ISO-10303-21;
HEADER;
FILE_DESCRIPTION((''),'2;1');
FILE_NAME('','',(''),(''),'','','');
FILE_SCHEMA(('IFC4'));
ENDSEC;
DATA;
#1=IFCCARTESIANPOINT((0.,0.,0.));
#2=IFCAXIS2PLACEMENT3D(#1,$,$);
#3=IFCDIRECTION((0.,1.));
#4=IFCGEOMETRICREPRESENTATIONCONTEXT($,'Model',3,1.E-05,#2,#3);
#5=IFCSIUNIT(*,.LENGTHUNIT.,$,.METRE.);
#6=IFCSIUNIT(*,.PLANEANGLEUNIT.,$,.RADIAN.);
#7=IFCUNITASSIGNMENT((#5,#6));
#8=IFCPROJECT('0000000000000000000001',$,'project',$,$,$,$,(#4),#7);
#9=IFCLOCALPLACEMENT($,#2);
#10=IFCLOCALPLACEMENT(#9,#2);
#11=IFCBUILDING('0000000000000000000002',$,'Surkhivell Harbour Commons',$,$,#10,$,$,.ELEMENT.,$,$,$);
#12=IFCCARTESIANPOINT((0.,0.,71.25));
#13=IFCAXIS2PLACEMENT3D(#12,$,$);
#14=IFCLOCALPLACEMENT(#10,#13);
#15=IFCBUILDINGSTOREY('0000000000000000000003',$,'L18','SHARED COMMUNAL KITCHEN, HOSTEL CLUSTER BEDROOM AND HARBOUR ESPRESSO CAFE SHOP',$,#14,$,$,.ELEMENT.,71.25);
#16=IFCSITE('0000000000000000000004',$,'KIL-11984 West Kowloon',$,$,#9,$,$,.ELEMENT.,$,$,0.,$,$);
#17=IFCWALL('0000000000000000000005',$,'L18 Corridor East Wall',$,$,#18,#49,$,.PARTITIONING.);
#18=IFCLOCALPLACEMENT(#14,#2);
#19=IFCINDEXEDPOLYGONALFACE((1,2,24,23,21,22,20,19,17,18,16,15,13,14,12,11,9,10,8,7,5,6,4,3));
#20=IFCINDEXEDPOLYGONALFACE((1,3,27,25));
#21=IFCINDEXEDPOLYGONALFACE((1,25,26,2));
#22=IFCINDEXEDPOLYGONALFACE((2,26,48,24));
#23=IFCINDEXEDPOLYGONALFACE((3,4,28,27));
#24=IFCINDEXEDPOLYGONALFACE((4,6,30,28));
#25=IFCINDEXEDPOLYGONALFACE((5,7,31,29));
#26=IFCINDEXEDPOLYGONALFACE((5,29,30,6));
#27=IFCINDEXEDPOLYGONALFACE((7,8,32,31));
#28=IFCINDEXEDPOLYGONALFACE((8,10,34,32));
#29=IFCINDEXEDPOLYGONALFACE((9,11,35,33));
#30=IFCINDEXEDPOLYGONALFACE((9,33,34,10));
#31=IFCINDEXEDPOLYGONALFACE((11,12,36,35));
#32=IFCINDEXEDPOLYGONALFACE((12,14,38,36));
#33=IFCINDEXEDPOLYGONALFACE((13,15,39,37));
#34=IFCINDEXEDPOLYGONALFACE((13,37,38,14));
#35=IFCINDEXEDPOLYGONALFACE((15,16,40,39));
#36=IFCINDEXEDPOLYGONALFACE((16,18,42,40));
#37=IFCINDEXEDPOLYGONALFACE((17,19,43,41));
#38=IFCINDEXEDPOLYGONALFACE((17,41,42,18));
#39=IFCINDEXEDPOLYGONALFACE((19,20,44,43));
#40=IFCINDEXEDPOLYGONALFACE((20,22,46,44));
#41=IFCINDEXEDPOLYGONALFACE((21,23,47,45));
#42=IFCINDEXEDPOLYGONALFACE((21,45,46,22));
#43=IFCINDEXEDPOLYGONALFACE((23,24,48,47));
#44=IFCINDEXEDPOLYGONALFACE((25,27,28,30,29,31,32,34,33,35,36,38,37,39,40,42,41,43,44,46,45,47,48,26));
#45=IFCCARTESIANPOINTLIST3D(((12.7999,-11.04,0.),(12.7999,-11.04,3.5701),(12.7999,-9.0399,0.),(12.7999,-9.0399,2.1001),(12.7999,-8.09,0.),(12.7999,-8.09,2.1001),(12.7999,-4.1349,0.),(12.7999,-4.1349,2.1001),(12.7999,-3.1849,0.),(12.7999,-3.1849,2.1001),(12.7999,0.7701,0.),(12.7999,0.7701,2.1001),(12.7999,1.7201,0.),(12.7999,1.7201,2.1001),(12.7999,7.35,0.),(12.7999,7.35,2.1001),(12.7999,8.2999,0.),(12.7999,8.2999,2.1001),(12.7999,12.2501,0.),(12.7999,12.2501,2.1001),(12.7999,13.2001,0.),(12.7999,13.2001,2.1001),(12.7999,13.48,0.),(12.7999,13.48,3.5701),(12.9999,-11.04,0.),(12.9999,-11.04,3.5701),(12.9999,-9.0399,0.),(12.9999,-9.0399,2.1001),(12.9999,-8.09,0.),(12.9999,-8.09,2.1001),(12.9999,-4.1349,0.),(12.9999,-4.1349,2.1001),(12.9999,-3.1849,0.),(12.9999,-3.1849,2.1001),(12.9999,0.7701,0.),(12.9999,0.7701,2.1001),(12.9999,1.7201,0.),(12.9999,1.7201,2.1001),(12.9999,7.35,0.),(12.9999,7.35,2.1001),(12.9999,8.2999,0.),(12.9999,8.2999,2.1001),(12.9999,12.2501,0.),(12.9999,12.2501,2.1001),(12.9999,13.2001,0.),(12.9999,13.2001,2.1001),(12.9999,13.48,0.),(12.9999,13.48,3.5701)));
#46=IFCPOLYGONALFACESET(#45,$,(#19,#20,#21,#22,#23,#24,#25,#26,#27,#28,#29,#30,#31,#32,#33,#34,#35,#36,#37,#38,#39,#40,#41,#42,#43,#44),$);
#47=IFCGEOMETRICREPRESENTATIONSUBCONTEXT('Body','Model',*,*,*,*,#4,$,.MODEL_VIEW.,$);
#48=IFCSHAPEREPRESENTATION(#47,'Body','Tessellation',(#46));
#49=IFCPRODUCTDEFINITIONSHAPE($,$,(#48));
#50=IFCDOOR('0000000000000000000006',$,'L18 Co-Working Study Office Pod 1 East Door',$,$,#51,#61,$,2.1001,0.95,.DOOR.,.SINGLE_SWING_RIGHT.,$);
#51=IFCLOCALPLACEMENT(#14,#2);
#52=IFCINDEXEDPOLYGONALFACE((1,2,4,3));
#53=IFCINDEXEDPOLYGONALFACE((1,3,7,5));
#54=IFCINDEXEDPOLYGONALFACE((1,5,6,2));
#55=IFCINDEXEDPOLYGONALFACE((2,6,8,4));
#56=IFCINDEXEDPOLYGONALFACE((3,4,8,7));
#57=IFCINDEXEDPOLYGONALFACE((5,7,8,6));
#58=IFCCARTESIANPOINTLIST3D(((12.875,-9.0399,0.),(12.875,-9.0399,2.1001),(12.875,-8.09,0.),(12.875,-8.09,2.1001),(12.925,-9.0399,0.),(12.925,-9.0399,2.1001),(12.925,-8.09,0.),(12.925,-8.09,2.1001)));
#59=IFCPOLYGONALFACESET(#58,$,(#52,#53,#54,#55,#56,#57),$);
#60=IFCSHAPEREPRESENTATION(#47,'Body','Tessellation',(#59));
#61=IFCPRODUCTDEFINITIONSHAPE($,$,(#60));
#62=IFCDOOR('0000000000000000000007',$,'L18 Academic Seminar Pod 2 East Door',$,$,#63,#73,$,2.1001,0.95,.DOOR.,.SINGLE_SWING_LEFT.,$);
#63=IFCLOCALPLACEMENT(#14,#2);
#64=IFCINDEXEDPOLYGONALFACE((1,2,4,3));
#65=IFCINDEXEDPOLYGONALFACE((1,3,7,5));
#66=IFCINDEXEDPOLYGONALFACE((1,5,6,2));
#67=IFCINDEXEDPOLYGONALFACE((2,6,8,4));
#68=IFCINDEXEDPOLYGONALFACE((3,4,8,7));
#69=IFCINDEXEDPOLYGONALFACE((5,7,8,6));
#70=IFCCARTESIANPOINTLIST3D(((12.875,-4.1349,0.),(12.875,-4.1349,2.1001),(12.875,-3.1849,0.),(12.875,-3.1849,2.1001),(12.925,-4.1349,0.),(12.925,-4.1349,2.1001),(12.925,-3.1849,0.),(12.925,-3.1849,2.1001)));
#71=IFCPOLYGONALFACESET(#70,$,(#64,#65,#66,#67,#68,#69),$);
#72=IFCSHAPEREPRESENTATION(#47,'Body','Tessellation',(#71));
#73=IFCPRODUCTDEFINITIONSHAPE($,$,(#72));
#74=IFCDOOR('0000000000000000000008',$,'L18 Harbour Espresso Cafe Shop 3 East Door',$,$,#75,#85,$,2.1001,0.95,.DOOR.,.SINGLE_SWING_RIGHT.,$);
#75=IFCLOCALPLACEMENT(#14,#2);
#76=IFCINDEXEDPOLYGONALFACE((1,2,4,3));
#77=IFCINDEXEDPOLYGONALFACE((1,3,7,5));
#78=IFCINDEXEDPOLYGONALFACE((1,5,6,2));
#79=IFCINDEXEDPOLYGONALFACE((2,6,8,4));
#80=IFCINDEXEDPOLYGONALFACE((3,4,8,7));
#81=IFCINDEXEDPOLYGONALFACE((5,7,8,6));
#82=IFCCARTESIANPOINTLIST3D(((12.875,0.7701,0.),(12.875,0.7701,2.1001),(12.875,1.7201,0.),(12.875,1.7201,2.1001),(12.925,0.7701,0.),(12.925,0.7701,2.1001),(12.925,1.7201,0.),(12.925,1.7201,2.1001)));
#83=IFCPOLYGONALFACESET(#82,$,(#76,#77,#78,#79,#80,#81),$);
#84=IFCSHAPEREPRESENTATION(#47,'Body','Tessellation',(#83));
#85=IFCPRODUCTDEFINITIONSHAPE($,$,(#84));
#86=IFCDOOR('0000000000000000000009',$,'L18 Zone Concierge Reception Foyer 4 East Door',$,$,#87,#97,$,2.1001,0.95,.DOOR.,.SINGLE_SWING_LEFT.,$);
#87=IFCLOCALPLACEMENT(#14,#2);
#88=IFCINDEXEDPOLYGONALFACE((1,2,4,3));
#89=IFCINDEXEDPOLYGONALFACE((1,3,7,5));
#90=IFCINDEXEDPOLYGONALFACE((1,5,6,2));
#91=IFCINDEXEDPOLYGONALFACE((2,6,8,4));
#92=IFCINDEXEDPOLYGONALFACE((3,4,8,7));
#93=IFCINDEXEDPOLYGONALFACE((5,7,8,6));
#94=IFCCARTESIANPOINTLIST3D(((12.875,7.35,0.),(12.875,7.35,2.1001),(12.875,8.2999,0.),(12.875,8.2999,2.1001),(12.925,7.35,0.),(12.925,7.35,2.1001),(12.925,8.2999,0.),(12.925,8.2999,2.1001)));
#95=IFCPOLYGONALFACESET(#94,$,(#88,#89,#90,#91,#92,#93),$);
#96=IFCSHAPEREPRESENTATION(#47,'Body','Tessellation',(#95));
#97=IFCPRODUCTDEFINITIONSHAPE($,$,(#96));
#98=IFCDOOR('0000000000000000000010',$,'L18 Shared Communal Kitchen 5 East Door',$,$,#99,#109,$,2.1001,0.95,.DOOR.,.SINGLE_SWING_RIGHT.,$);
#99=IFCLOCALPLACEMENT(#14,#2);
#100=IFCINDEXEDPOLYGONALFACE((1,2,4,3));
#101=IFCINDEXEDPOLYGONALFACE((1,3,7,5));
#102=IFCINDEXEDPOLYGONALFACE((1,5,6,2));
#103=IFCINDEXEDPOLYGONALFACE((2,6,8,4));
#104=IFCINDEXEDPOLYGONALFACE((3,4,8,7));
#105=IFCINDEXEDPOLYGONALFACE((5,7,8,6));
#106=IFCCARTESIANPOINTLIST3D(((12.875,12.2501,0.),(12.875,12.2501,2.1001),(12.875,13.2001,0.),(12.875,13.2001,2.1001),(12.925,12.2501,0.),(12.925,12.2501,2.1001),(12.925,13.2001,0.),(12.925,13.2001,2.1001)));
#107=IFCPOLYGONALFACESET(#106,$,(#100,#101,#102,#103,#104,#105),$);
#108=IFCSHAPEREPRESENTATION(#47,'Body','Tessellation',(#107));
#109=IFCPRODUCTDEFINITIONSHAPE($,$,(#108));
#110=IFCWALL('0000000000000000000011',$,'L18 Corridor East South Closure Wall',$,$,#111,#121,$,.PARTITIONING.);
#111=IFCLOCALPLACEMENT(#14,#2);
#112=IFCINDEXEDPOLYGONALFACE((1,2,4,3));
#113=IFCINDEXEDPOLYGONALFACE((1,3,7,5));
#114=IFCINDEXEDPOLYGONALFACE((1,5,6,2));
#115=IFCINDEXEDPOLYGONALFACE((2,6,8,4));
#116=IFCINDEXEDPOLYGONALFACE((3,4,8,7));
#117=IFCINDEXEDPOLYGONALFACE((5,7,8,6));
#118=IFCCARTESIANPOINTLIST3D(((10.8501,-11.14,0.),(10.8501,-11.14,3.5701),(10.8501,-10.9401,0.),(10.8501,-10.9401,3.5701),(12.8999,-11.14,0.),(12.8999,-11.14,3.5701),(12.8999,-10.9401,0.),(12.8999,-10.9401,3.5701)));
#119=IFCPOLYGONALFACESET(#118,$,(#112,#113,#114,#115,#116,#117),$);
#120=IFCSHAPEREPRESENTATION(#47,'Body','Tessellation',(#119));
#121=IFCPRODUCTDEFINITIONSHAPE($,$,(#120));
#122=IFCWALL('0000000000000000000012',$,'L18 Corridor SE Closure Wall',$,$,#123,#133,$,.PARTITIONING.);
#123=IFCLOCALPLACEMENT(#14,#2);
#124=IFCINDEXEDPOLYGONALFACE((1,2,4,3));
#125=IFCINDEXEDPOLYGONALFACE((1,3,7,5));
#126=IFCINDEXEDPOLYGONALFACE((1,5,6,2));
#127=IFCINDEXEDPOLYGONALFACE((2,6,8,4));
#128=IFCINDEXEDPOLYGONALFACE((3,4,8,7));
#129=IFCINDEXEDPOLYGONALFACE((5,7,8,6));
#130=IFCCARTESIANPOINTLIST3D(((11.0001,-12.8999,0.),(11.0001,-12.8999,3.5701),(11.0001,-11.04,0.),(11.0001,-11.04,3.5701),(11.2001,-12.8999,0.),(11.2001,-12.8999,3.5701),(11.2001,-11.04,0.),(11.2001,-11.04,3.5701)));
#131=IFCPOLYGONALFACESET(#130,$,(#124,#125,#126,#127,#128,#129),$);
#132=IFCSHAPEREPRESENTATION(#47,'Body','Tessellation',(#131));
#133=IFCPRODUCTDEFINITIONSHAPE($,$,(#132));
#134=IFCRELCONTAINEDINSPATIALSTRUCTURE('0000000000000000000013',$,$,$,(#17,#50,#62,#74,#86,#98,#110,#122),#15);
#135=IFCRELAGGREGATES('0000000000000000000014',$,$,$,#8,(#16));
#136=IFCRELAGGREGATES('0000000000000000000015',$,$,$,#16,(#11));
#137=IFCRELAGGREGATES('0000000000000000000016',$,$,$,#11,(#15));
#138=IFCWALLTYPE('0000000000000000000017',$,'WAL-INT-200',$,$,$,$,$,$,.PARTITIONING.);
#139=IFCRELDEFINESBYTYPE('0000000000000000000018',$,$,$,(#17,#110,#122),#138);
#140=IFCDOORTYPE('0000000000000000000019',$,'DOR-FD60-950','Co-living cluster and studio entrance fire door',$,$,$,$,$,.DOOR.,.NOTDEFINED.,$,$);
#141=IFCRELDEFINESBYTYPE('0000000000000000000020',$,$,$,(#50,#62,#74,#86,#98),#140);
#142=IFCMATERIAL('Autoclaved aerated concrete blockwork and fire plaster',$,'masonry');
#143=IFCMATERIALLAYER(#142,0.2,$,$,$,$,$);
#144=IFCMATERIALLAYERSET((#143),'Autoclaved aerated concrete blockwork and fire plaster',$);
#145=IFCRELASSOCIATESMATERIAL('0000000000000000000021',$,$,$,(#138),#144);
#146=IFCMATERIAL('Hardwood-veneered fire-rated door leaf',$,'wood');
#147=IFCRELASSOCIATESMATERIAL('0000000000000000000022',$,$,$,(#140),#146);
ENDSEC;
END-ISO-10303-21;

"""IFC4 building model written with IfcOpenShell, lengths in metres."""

from ifc_helpers import new_model, si_unit, direction, frame, frame_2d, origin, place, context, subcontext, project, spatial, rectangle, extrude, material, layer, layer_set, type_object, element, fill, save


model = new_model("IFC4")

# Units and contexts
model_context = context("Model", 3, precision=1e-05, world=origin(), true_north=direction((0.0, 1.0)))
body_context = subcontext(model_context, "Body", "Model", "MODEL_VIEW")
ifc_project = project(units=[si_unit("LENGTHUNIT", "METRE"), si_unit("PLANEANGLEUNIT", "RADIAN")], contexts=[model_context])

# Site, building, storey
site_placement = place(None, origin())
site = spatial("IfcSite", under=ifc_project, at=site_placement, Name="KIL-11984 West Kowloon", CompositionType="ELEMENT", RefElevation=0.0)
building_placement = place(site_placement, origin())
building = spatial("IfcBuilding", under=site, at=building_placement, Name="Surkhivell Harbour Commons", CompositionType="ELEMENT")
storey_placement = place(building_placement, frame((0.0, 0.0, 71.25)))
storey = spatial("IfcBuildingStorey", under=building, at=storey_placement, Name="L18", Description="SHARED COMMUNAL KITCHEN, HOSTEL CLUSTER BEDROOM AND HARBOUR ESPRESSO CAFE SHOP", CompositionType="ELEMENT", Elevation=71.25)

# Shared definitions
ifc_material_1 = material(Name="Hardwood-veneered fire-rated door leaf", Category="wood")

# Shared definitions
ifc_material_2 = material(Name="Autoclaved aerated concrete blockwork and fire plaster", Category="masonry")
ifc_layer_1 = layer(ifc_material_2, 0.2)
ifc_layer_set_1 = layer_set([ifc_layer_1], Name="Autoclaved aerated concrete blockwork and fire plaster")
wall_type_1 = type_object("IfcWallType", Name="WAL-INT-200", PredefinedType="PARTITIONING", material=ifc_layer_set_1)

# Wall, openings, doors
wall_1_placement = place(storey_placement, frame((12.8999, -11.04, 0.0), z_axis=(0.0, 0.0, 1.0), x_axis=(0.0, 1.0, 0.0)))
wall_1 = element("IfcWall", 1, at=wall_1_placement, inside=storey, type_object=wall_type_1, Name="L18 Corridor East Wall", PredefinedType="PARTITIONING", context=body_context, shape_type="SweptSolid", body=[
    extrude(rectangle(XDim=24.52, YDim=0.2, at=frame_2d((12.26, 0.0))), origin(), (0.0, 0.0, 1.0), 3.5701),
])
opening_1_placement = place(wall_1_placement, frame((2.0, 0.0, 0.0)))
opening_1 = element("IfcOpeningElement", 2, at=opening_1_placement, cuts=wall_1, PredefinedType="OPENING", context=body_context, shape_type="SweptSolid", body=[
    extrude(rectangle(XDim=0.95, YDim=2.1001, at=frame_2d((0.4751, 1.05))), frame((0.0, 0.1099, 0.0), z_axis=(0.0, -1.0, 0.0), x_axis=(1.0, 0.0, 0.0)), (0.0, 0.0, 1.0), 0.22),
])
opening_2_placement = place(wall_1_placement, frame((6.905, 0.0, 0.0)))
opening_2 = element("IfcOpeningElement", 3, at=opening_2_placement, cuts=wall_1, PredefinedType="OPENING", context=body_context, shape_type="SweptSolid", body=[
    extrude(rectangle(XDim=0.95, YDim=2.1001, at=frame_2d((0.4751, 1.05))), frame((0.0, 0.1099, 0.0), z_axis=(0.0, -1.0, 0.0), x_axis=(1.0, 0.0, 0.0)), (0.0, 0.0, 1.0), 0.22),
])
opening_3_placement = place(wall_1_placement, frame((11.8101, 0.0, 0.0)))
opening_3 = element("IfcOpeningElement", 4, at=opening_3_placement, cuts=wall_1, PredefinedType="OPENING", context=body_context, shape_type="SweptSolid", body=[
    extrude(rectangle(XDim=0.95, YDim=2.1001, at=frame_2d((0.4751, 1.05))), frame((0.0, 0.1099, 0.0), z_axis=(0.0, -1.0, 0.0), x_axis=(1.0, 0.0, 0.0)), (0.0, 0.0, 1.0), 0.22),
])
opening_4_placement = place(wall_1_placement, frame((18.3899, 0.0, 0.0)))
opening_4 = element("IfcOpeningElement", 5, at=opening_4_placement, cuts=wall_1, PredefinedType="OPENING", context=body_context, shape_type="SweptSolid", body=[
    extrude(rectangle(XDim=0.95, YDim=2.1001, at=frame_2d((0.4751, 1.05))), frame((0.0, 0.1099, 0.0), z_axis=(0.0, -1.0, 0.0), x_axis=(1.0, 0.0, 0.0)), (0.0, 0.0, 1.0), 0.22),
])
opening_5_placement = place(wall_1_placement, frame((23.29, 0.0, 0.0)))
opening_5 = element("IfcOpeningElement", 6, at=opening_5_placement, cuts=wall_1, PredefinedType="OPENING", context=body_context, shape_type="SweptSolid", body=[
    extrude(rectangle(XDim=0.95, YDim=2.1001, at=frame_2d((0.4751, 1.05))), frame((0.0, 0.1099, 0.0), z_axis=(0.0, -1.0, 0.0), x_axis=(1.0, 0.0, 0.0)), (0.0, 0.0, 1.0), 0.22),
])
door_type_1 = type_object("IfcDoorType", Name="DOR-FD60-950", Description="Co-living cluster and studio entrance fire door", OperationType="NOTDEFINED", PredefinedType="DOOR", material=ifc_material_1)
door_1_placement = place(opening_1_placement, origin())
door_1 = element("IfcDoor", 7, at=door_1_placement, inside=storey, type_object=door_type_1, Name="L18 Co-Working Study Office Pod 1 East Door", OperationType="SINGLE_SWING_RIGHT", OverallHeight=2.1001, OverallWidth=0.95, PredefinedType="DOOR", context=body_context, shape_type="SweptSolid", body=[
    extrude(rectangle(XDim=0.95, YDim=2.1001, at=frame_2d((0.4751, 1.05))), frame((0.0, 0.0249, 0.0), z_axis=(0.0, -1.0, 0.0), x_axis=(1.0, 0.0, 0.0)), (0.0, 0.0, 1.0), 0.05),
])
fill(opening_1, door_1)
door_2_placement = place(opening_2_placement, origin())
door_2 = element("IfcDoor", 8, at=door_2_placement, inside=storey, type_object=door_type_1, Name="L18 Academic Seminar Pod 2 East Door", OperationType="SINGLE_SWING_LEFT", OverallHeight=2.1001, OverallWidth=0.95, PredefinedType="DOOR", context=body_context, shape_type="SweptSolid", body=[
    extrude(rectangle(XDim=0.95, YDim=2.1001, at=frame_2d((0.4751, 1.05))), frame((0.0, 0.0249, 0.0), z_axis=(0.0, -1.0, 0.0), x_axis=(1.0, 0.0, 0.0)), (0.0, 0.0, 1.0), 0.05),
])
fill(opening_2, door_2)
door_3_placement = place(opening_3_placement, origin())
door_3 = element("IfcDoor", 9, at=door_3_placement, inside=storey, type_object=door_type_1, Name="L18 Harbour Espresso Cafe Shop 3 East Door", OperationType="SINGLE_SWING_RIGHT", OverallHeight=2.1001, OverallWidth=0.95, PredefinedType="DOOR", context=body_context, shape_type="SweptSolid", body=[
    extrude(rectangle(XDim=0.95, YDim=2.1001, at=frame_2d((0.4751, 1.05))), frame((0.0, 0.0249, 0.0), z_axis=(0.0, -1.0, 0.0), x_axis=(1.0, 0.0, 0.0)), (0.0, 0.0, 1.0), 0.05),
])
fill(opening_3, door_3)
door_4_placement = place(opening_4_placement, origin())
door_4 = element("IfcDoor", 10, at=door_4_placement, inside=storey, type_object=door_type_1, Name="L18 Zone Concierge Reception Foyer 4 East Door", OperationType="SINGLE_SWING_LEFT", OverallHeight=2.1001, OverallWidth=0.95, PredefinedType="DOOR", context=body_context, shape_type="SweptSolid", body=[
    extrude(rectangle(XDim=0.95, YDim=2.1001, at=frame_2d((0.4751, 1.05))), frame((0.0, 0.0249, 0.0), z_axis=(0.0, -1.0, 0.0), x_axis=(1.0, 0.0, 0.0)), (0.0, 0.0, 1.0), 0.05),
])
fill(opening_4, door_4)
door_5_placement = place(opening_5_placement, origin())
door_5 = element("IfcDoor", 11, at=door_5_placement, inside=storey, type_object=door_type_1, Name="L18 Shared Communal Kitchen 5 East Door", OperationType="SINGLE_SWING_RIGHT", OverallHeight=2.1001, OverallWidth=0.95, PredefinedType="DOOR", context=body_context, shape_type="SweptSolid", body=[
    extrude(rectangle(XDim=0.95, YDim=2.1001, at=frame_2d((0.4751, 1.05))), frame((0.0, 0.0249, 0.0), z_axis=(0.0, -1.0, 0.0), x_axis=(1.0, 0.0, 0.0)), (0.0, 0.0, 1.0), 0.05),
])
fill(opening_5, door_5)

# Walls
wall_2_placement = place(storey_placement, frame((10.8501, -11.04, 0.0), z_axis=(0.0, 0.0, 1.0), x_axis=(1.0, 0.0, 0.0)))
element("IfcWall", 12, at=wall_2_placement, inside=storey, type_object=wall_type_1, Name="L18 Corridor East South Closure Wall", PredefinedType="PARTITIONING", context=body_context, shape_type="SweptSolid", body=[
    extrude(rectangle(XDim=2.0498, YDim=0.2, at=frame_2d((1.0249, 0.0))), origin(), (0.0, 0.0, 1.0), 3.5701),
])
wall_3_placement = place(storey_placement, frame((11.1001, -12.8999, 0.0), z_axis=(0.0, 0.0, 1.0), x_axis=(0.0, 1.0, 0.0)))
element("IfcWall", 13, at=wall_3_placement, inside=storey, type_object=wall_type_1, Name="L18 Corridor SE Closure Wall", PredefinedType="PARTITIONING", context=body_context, shape_type="SweptSolid", body=[
    extrude(rectangle(XDim=1.8599, YDim=0.2, at=frame_2d((0.9299, 0.0))), origin(), (0.0, 0.0, 1.0), 3.5701),
])

save(model, "model.ifc")
